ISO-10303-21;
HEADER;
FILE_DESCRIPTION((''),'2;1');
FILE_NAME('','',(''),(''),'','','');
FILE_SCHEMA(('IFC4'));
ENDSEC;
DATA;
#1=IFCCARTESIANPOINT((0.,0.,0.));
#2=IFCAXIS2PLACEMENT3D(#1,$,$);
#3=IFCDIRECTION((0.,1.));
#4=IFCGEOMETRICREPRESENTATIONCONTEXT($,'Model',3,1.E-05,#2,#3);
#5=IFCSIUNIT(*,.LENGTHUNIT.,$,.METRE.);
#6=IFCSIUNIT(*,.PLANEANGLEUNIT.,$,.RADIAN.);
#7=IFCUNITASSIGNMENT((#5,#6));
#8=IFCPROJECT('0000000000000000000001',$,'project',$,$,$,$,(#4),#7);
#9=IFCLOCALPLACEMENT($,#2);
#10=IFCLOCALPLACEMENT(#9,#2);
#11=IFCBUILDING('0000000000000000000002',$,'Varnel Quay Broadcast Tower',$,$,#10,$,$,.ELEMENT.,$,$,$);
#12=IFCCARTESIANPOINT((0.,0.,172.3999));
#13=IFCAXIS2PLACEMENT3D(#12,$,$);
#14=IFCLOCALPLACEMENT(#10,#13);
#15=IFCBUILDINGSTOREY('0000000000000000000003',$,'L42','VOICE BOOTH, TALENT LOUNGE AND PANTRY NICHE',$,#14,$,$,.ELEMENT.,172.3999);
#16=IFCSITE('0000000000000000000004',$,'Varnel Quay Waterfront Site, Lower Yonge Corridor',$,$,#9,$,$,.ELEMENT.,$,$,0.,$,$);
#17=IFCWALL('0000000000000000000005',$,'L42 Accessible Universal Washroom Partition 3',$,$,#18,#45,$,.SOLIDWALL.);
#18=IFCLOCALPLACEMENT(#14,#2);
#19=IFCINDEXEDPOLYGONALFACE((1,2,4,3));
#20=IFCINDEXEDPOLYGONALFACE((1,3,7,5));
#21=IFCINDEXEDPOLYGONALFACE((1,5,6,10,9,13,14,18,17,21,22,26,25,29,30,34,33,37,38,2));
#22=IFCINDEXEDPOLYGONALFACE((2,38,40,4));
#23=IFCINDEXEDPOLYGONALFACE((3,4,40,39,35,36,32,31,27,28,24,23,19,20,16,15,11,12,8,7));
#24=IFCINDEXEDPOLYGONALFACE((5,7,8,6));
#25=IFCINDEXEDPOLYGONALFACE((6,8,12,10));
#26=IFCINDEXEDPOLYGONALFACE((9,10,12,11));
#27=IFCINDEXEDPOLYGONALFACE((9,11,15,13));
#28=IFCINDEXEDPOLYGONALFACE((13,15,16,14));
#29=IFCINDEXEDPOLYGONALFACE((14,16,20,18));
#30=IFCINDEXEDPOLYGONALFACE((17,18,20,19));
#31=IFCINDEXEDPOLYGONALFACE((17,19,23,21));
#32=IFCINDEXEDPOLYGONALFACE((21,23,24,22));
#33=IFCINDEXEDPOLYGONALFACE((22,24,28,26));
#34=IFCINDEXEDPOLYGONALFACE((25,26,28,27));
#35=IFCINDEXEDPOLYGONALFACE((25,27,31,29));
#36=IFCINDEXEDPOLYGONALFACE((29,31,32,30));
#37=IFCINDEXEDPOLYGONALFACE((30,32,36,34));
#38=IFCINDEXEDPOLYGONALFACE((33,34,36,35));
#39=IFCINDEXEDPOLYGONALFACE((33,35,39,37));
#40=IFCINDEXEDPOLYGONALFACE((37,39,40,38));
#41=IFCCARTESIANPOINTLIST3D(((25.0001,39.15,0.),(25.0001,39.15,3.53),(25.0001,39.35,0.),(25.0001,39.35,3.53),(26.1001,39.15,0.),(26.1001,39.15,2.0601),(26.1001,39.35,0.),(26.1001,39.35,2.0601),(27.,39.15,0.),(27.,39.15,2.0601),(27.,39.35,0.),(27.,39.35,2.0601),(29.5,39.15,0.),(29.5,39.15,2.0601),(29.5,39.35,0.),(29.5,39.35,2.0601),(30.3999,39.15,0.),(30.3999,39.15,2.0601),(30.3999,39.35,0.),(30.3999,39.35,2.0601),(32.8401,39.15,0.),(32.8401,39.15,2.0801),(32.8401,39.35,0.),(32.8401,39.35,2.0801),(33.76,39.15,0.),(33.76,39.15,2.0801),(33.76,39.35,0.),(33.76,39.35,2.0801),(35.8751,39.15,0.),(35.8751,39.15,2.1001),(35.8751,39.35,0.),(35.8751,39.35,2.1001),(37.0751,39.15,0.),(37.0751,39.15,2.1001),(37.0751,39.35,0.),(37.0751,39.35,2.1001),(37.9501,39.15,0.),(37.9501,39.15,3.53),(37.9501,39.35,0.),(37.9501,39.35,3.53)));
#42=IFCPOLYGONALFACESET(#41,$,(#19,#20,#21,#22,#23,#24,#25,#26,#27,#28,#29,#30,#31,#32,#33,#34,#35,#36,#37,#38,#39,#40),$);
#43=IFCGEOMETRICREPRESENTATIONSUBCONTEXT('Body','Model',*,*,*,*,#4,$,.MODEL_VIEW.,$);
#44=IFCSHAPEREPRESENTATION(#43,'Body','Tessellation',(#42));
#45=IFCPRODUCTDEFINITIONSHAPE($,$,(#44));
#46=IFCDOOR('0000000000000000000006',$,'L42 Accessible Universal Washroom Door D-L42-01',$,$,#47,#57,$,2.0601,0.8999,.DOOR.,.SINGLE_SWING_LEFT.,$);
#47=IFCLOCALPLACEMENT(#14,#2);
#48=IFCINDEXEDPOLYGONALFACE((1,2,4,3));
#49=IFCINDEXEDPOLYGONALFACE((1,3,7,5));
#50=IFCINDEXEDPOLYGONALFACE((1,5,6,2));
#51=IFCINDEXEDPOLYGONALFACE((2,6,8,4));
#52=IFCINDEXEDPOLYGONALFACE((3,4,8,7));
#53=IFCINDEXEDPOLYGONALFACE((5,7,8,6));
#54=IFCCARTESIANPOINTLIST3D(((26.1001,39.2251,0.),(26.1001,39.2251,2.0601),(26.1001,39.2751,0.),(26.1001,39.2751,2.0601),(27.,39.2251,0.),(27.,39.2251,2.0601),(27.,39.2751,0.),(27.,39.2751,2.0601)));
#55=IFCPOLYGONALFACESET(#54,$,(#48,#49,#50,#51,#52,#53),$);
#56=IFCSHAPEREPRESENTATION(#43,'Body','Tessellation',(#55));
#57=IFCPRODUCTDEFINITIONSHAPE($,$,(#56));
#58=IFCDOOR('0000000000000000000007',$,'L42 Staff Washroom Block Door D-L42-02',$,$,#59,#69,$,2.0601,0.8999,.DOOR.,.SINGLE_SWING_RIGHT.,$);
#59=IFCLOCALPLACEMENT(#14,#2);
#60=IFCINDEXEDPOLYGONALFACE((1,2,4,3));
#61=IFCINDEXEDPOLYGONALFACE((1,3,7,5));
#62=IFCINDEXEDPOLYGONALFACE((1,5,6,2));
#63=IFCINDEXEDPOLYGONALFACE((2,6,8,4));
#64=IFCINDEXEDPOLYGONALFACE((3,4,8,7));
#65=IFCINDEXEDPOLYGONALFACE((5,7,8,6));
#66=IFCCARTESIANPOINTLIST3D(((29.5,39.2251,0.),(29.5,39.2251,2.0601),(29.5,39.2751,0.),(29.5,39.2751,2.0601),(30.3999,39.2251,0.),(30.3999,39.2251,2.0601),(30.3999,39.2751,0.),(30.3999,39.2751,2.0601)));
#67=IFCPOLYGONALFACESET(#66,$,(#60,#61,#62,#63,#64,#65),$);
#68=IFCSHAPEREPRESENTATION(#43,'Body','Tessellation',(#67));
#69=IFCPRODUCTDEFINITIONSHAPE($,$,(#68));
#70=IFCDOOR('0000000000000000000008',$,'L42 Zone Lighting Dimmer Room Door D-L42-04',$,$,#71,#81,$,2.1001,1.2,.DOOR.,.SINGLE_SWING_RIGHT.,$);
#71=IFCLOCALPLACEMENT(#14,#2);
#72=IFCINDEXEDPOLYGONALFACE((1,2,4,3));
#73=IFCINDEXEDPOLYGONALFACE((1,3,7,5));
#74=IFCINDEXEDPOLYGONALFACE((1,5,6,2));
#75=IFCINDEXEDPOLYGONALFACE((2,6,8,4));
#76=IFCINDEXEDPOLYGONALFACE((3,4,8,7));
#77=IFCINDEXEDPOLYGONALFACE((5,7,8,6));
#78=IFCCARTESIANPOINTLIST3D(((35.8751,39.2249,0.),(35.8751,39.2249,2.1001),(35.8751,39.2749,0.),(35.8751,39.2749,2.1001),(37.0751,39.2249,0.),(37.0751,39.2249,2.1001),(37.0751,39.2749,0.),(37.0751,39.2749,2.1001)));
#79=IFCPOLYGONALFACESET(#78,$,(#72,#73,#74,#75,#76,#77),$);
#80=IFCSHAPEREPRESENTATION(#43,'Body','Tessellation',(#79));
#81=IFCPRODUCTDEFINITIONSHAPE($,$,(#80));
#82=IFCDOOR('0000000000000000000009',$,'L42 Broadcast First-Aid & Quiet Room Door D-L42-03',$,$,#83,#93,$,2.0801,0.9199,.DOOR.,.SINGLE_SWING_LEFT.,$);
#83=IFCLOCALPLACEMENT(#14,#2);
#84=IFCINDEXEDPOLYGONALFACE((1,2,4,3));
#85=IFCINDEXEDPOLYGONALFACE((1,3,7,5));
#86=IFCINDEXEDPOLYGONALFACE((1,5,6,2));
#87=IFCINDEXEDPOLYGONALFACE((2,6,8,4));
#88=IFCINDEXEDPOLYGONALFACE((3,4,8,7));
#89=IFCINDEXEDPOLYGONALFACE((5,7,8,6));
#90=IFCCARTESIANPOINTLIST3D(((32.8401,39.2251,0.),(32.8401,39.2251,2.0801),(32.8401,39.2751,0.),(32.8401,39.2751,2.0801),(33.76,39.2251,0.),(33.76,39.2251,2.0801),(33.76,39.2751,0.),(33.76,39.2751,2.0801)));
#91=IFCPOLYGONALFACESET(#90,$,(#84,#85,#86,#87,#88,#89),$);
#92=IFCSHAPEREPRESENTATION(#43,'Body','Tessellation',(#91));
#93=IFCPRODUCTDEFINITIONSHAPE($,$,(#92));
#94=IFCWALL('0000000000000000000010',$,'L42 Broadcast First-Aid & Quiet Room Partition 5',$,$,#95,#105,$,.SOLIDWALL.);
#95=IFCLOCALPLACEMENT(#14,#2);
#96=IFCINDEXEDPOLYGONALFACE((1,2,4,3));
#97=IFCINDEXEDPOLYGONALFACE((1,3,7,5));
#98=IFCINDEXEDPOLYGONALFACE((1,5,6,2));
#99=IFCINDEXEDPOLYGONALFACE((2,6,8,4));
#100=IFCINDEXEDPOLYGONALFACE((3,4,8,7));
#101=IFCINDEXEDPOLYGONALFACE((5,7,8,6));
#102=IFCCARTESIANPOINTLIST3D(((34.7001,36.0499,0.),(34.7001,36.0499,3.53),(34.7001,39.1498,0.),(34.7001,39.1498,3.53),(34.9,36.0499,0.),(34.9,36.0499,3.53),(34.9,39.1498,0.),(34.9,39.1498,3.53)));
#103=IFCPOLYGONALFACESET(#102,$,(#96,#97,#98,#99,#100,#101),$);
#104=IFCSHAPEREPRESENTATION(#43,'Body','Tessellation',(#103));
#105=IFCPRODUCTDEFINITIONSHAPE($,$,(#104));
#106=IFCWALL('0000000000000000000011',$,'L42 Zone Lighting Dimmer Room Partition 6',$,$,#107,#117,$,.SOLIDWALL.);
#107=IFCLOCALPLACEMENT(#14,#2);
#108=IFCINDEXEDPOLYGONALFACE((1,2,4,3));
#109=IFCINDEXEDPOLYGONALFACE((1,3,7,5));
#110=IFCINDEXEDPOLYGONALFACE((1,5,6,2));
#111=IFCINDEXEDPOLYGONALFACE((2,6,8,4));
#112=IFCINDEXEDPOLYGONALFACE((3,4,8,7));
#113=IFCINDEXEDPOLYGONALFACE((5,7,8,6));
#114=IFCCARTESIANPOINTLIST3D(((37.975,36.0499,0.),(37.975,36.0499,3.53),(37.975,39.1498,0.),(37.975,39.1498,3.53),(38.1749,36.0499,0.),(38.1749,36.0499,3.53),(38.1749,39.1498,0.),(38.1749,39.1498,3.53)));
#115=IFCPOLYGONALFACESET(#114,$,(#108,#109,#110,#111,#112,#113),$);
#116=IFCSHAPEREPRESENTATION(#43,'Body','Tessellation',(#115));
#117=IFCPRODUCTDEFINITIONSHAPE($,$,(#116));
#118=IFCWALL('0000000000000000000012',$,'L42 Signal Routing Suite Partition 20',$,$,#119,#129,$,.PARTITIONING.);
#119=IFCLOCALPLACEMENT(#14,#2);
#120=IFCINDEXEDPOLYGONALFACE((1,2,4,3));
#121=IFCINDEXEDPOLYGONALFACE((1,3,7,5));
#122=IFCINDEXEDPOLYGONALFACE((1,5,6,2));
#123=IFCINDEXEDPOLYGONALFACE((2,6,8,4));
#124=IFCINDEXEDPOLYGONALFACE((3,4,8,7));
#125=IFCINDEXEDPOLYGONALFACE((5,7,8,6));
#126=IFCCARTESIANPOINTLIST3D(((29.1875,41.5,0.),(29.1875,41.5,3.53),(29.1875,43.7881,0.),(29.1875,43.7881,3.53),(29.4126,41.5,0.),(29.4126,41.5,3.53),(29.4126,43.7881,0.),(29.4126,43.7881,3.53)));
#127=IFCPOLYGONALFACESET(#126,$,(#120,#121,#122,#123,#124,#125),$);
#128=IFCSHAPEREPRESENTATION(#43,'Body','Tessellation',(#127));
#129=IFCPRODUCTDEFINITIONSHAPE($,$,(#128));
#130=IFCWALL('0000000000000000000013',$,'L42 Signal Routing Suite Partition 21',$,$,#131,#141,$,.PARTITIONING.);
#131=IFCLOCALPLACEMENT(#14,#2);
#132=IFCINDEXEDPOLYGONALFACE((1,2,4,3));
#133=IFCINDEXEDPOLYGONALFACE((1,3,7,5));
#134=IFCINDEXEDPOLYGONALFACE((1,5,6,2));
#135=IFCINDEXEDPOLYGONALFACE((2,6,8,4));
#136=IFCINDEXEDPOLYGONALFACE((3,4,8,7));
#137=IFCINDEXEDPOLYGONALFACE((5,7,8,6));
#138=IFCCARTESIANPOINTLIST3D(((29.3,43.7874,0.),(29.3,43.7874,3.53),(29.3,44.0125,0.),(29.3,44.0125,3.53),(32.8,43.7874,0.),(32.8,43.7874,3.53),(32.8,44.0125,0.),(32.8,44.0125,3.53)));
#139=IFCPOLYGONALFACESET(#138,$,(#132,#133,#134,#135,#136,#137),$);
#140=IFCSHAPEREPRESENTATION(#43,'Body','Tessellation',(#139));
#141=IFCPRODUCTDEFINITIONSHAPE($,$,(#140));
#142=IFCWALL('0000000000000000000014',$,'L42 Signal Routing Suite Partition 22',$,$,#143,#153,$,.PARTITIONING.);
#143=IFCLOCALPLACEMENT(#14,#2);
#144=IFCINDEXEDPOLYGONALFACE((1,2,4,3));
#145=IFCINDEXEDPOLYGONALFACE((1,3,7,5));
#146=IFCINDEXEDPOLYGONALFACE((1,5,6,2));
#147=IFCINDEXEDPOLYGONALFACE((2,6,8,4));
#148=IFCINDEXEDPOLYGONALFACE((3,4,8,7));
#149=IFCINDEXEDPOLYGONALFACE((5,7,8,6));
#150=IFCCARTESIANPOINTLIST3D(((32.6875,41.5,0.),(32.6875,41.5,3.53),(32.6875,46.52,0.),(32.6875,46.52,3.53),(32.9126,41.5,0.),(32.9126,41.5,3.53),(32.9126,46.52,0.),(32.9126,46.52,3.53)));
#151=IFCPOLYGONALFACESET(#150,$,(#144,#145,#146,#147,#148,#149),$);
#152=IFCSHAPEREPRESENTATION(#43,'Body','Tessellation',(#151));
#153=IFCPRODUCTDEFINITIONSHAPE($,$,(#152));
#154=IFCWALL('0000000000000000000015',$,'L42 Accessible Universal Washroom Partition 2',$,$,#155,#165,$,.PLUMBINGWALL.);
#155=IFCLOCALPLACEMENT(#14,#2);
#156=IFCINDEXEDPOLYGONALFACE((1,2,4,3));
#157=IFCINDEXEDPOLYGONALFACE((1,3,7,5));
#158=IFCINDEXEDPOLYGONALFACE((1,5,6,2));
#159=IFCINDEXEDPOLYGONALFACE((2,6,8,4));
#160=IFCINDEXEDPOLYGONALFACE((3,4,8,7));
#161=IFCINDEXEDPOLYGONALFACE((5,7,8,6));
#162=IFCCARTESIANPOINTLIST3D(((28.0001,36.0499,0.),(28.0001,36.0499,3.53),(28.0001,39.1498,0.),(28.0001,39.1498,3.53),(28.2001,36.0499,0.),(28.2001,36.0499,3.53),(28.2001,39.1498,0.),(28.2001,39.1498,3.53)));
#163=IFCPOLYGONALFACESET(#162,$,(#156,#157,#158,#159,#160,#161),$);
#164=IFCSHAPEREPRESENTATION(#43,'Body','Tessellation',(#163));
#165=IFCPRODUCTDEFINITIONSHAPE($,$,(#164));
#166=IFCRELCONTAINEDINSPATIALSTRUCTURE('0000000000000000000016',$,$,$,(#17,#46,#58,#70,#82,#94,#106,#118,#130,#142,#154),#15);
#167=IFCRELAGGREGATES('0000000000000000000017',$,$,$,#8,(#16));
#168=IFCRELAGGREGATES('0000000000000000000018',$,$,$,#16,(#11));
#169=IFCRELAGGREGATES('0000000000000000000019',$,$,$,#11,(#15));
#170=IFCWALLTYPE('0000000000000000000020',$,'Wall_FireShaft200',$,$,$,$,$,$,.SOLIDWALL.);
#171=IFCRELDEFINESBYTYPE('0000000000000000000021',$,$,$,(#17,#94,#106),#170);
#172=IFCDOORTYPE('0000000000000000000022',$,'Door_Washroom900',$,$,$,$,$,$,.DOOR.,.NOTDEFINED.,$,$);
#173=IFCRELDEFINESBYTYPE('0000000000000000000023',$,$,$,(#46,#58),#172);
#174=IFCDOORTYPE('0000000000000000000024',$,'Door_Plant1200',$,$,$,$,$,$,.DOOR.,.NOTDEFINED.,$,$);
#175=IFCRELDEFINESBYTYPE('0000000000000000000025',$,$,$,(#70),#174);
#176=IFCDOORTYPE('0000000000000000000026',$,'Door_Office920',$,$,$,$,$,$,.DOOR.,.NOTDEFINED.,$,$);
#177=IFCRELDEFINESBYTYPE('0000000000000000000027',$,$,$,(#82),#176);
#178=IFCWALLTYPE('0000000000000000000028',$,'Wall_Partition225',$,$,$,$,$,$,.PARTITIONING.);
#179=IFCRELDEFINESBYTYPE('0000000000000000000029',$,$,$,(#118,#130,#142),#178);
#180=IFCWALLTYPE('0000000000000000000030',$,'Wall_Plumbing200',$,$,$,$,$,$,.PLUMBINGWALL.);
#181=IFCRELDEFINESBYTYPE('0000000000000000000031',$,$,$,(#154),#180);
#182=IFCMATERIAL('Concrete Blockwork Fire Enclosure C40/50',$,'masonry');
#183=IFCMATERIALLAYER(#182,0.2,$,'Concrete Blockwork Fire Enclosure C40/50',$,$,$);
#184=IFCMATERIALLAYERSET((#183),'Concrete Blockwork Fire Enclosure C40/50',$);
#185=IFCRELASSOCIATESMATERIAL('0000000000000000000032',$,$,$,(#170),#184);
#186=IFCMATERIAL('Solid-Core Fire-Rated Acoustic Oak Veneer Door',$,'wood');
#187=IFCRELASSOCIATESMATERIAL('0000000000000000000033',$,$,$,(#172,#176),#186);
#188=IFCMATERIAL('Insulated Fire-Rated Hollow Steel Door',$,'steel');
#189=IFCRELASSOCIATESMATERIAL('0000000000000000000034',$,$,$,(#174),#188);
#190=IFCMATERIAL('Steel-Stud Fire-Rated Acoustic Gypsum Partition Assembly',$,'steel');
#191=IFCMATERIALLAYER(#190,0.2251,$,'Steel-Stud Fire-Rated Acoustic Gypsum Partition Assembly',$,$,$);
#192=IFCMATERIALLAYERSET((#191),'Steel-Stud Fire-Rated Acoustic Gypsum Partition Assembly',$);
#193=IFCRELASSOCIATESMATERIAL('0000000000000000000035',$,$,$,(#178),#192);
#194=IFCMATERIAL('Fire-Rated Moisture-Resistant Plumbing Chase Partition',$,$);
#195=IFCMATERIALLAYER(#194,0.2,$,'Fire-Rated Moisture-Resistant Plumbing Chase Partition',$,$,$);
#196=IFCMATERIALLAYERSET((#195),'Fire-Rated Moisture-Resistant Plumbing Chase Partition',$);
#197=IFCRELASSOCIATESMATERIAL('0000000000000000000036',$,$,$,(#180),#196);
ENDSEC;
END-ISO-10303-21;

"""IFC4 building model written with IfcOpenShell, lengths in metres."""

from ifc_helpers import new_model, si_unit, direction, frame, frame_2d, origin, place, context, subcontext, project, spatial, rectangle, extrude, source, transform, mapped, material, layer, layer_set, type_object, type_shapes, element, fill, save


model = new_model("IFC4")

# Units and contexts
model_context = context("Model", 3, precision=1e-05, world=origin(), true_north=direction((0.0, 1.0)))
body_context = subcontext(model_context, "Body", "Model", "MODEL_VIEW")
ifc_project = project(units=[si_unit("LENGTHUNIT", "METRE"), si_unit("PLANEANGLEUNIT", "RADIAN")], contexts=[model_context])

# Site, building, storey
site_placement = place(None, origin())
site = spatial("IfcSite", under=ifc_project, at=site_placement, Name="Varnel Quay Waterfront Site, Lower Yonge Corridor", CompositionType="ELEMENT", RefElevation=0.0)
building_placement = place(site_placement, origin())
building = spatial("IfcBuilding", under=site, at=building_placement, Name="Varnel Quay Broadcast Tower", CompositionType="ELEMENT")
storey_placement = place(building_placement, frame((0.0, 0.0, 172.3999)))
storey = spatial("IfcBuildingStorey", under=building, at=storey_placement, Name="L42", Description="VOICE BOOTH, TALENT LOUNGE AND PANTRY NICHE", CompositionType="ELEMENT", Elevation=172.3999)

# Shared definitions
ifc_material_1 = material(Name="Concrete Blockwork Fire Enclosure C40/50", Category="masonry")
ifc_layer_1 = layer(ifc_material_1, 0.2, Name="Concrete Blockwork Fire Enclosure C40/50")
ifc_layer_set_1 = layer_set([ifc_layer_1], Name="Concrete Blockwork Fire Enclosure C40/50")
wall_type_1 = type_object("IfcWallType", Name="Wall_FireShaft200", PredefinedType="SOLIDWALL", material=ifc_layer_set_1)

# Wall, openings, doors
wall_1_placement = place(storey_placement, frame((25.0, 39.25, 0.0), z_axis=(0.0, 0.0, 1.0), x_axis=(1.0, 0.0, 0.0)))
wall_1 = element("IfcWall", 1, at=wall_1_placement, inside=storey, type_object=wall_type_1, Name="L42 Accessible Universal Washroom Partition 3", PredefinedType="SOLIDWALL", context=body_context, shape_type="SweptSolid", body=[
    extrude(rectangle(XDim=12.95, YDim=0.2, at=frame_2d((6.4751, 0.0))), origin(), (0.0, 0.0, 1.0), 3.53),
])
opening_1_placement = place(wall_1_placement, frame((1.1001, 0.0, 0.0)))
opening_1 = element("IfcOpeningElement", 2, at=opening_1_placement, cuts=wall_1, PredefinedType="OPENING", context=body_context, shape_type="SweptSolid", body=[
    extrude(rectangle(XDim=0.8999, YDim=2.0601, at=frame_2d((0.45, 1.03))), frame((0.0, 0.1099, 0.0), z_axis=(0.0, -1.0, 0.0), x_axis=(1.0, 0.0, 0.0)), (0.0, 0.0, 1.0), 0.22),
])
opening_2_placement = place(wall_1_placement, frame((4.5, 0.0, 0.0)))
opening_2 = element("IfcOpeningElement", 3, at=opening_2_placement, cuts=wall_1, PredefinedType="OPENING", context=body_context, shape_type="SweptSolid", body=[
    extrude(rectangle(XDim=0.8999, YDim=2.0601, at=frame_2d((0.45, 1.03))), frame((0.0, 0.1099, 0.0), z_axis=(0.0, -1.0, 0.0), x_axis=(1.0, 0.0, 0.0)), (0.0, 0.0, 1.0), 0.22),
])
opening_3_placement = place(wall_1_placement, frame((7.8401, 0.0, 0.0)))
opening_3 = element("IfcOpeningElement", 4, at=opening_3_placement, cuts=wall_1, PredefinedType="OPENING", context=body_context, shape_type="SweptSolid", body=[
    extrude(rectangle(XDim=0.9199, YDim=2.0801, at=frame_2d((0.46, 1.04))), frame((0.0, 0.1099, 0.0), z_axis=(0.0, -1.0, 0.0), x_axis=(1.0, 0.0, 0.0)), (0.0, 0.0, 1.0), 0.22),
])
opening_4_placement = place(wall_1_placement, frame((10.875, 0.0, 0.0)))
opening_4 = element("IfcOpeningElement", 5, at=opening_4_placement, cuts=wall_1, PredefinedType="OPENING", context=body_context, shape_type="SweptSolid", body=[
    extrude(rectangle(XDim=1.2, YDim=2.1001, at=frame_2d((0.6001, 1.05))), frame((0.0, 0.1099, 0.0), z_axis=(0.0, -1.0, 0.0), x_axis=(1.0, 0.0, 0.0)), (0.0, 0.0, 1.0), 0.22),
])
ifc_material_2 = material(Name="Solid-Core Fire-Rated Acoustic Oak Veneer Door", Category="wood")
door_type_1 = type_object("IfcDoorType", Name="Door_Washroom900", OperationType="NOTDEFINED", PredefinedType="DOOR", material=ifc_material_2)
shared_shape_1 = source(origin(), body_context, "Body", "SweptSolid", [
    extrude(rectangle(XDim=0.8999, YDim=2.0601, at=frame_2d((0.45, 1.03))), frame((0.0, 0.0249, 0.0), z_axis=(0.0, -1.0, 0.0), x_axis=(1.0, 0.0, 0.0)), (0.0, 0.0, 1.0), 0.05),
])
type_shapes(door_type_1, [shared_shape_1])
door_1_placement = place(opening_1_placement, frame((0.8999, 0.0, 0.0), z_axis=(0.0, 0.0, 1.0), x_axis=(-1.0, 0.0, 0.0)))
door_1 = element("IfcDoor", 6, at=door_1_placement, inside=storey, type_object=door_type_1, Name="L42 Accessible Universal Washroom Door D-L42-01", OperationType="SINGLE_SWING_LEFT", OverallHeight=2.0601, OverallWidth=0.8999, PredefinedType="DOOR", context=body_context, shape_type="MappedRepresentation", body=[
    mapped(shared_shape_1, transform((0.0, 0.0, 0.0), x_axis=(1.0, 0.0, 0.0), y_axis=(0.0, 1.0, 0.0), z_axis=(0.0, 0.0, 1.0), scale=1.0)),
])
fill(opening_1, door_1)
door_2_placement = place(opening_2_placement, frame((0.8999, 0.0, 0.0), z_axis=(0.0, 0.0, 1.0), x_axis=(-1.0, 0.0, 0.0)))
door_2 = element("IfcDoor", 7, at=door_2_placement, inside=storey, type_object=door_type_1, Name="L42 Staff Washroom Block Door D-L42-02", OperationType="SINGLE_SWING_RIGHT", OverallHeight=2.0601, OverallWidth=0.8999, PredefinedType="DOOR", context=body_context, shape_type="MappedRepresentation", body=[
    mapped(shared_shape_1, transform((0.0, 0.0, 0.0), x_axis=(1.0, 0.0, 0.0), y_axis=(0.0, 1.0, 0.0), z_axis=(0.0, 0.0, 1.0), scale=1.0)),
])
fill(opening_2, door_2)
ifc_material_3 = material(Name="Insulated Fire-Rated Hollow Steel Door", Category="steel")
door_type_2 = type_object("IfcDoorType", Name="Door_Plant1200", OperationType="NOTDEFINED", PredefinedType="DOOR", material=ifc_material_3)
shared_shape_2 = source(origin(), body_context, "Body", "SweptSolid", [
    extrude(rectangle(XDim=1.2, YDim=2.1001, at=frame_2d((0.6001, 1.05))), frame((0.0, 0.0249, 0.0), z_axis=(0.0, -1.0, 0.0), x_axis=(1.0, 0.0, 0.0)), (0.0, 0.0, 1.0), 0.05),
])
type_shapes(door_type_2, [shared_shape_2])
door_3_placement = place(opening_4_placement, origin())
door_3 = element("IfcDoor", 8, at=door_3_placement, inside=storey, type_object=door_type_2, Name="L42 Zone Lighting Dimmer Room Door D-L42-04", OperationType="SINGLE_SWING_RIGHT", OverallHeight=2.1001, OverallWidth=1.2, PredefinedType="DOOR", context=body_context, shape_type="MappedRepresentation", body=[
    mapped(shared_shape_2, transform((0.0, 0.0, 0.0), x_axis=(1.0, 0.0, 0.0), y_axis=(0.0, 1.0, 0.0), z_axis=(0.0, 0.0, 1.0), scale=1.0)),
])
fill(opening_4, door_3)
door_type_3 = type_object("IfcDoorType", Name="Door_Office920", OperationType="NOTDEFINED", PredefinedType="DOOR", material=ifc_material_2)
shared_shape_3 = source(origin(), body_context, "Body", "SweptSolid", [
    extrude(rectangle(XDim=0.9199, YDim=2.0801, at=frame_2d((0.46, 1.04))), frame((0.0, 0.0249, 0.0), z_axis=(0.0, -1.0, 0.0), x_axis=(1.0, 0.0, 0.0)), (0.0, 0.0, 1.0), 0.05),
])
type_shapes(door_type_3, [shared_shape_3])
door_4_placement = place(opening_3_placement, frame((0.9199, 0.0, 0.0), z_axis=(0.0, 0.0, 1.0), x_axis=(-1.0, 0.0, 0.0)))
door_4 = element("IfcDoor", 9, at=door_4_placement, inside=storey, type_object=door_type_3, Name="L42 Broadcast First-Aid & Quiet Room Door D-L42-03", OperationType="SINGLE_SWING_LEFT", OverallHeight=2.0801, OverallWidth=0.9199, PredefinedType="DOOR", context=body_context, shape_type="MappedRepresentation", body=[
    mapped(shared_shape_3, transform((0.0, 0.0, 0.0), x_axis=(1.0, 0.0, 0.0), y_axis=(0.0, 1.0, 0.0), z_axis=(0.0, 0.0, 1.0), scale=1.0)),
])
fill(opening_3, door_4)

# Walls
for number, where, z_axis, x_axis, name in (
    (10, (34.8, 36.05, 0.0), (0.0, 0.0, 1.0), (0.0, 1.0, 0.0), "L42 Broadcast First-Aid & Quiet Room Partition 5"),
    (11, (38.075, 36.05, 0.0), (0.0, 0.0, 1.0), (0.0, 1.0, 0.0), "L42 Zone Lighting Dimmer Room Partition 6"),
):
    element("IfcWall", number, at=place(storey_placement, frame(where, z_axis=z_axis, x_axis=x_axis)), inside=storey, type_object=wall_type_1, Name=name, PredefinedType="SOLIDWALL", context=body_context, shape_type="SweptSolid", body=[
        extrude(rectangle(XDim=3.0999, YDim=0.2, at=frame_2d((1.5498, 0.0))), origin(), (0.0, 0.0, 1.0), 3.53),
    ])
ifc_material_4 = material(Name="Steel-Stud Fire-Rated Acoustic Gypsum Partition Assembly", Category="steel")
ifc_layer_2 = layer(ifc_material_4, 0.2251, Name="Steel-Stud Fire-Rated Acoustic Gypsum Partition Assembly")
ifc_layer_set_2 = layer_set([ifc_layer_2], Name="Steel-Stud Fire-Rated Acoustic Gypsum Partition Assembly")
wall_type_2 = type_object("IfcWallType", Name="Wall_Partition225", PredefinedType="PARTITIONING", material=ifc_layer_set_2)
wall_2_placement = place(storey_placement, frame((29.3, 41.5, 0.0), z_axis=(0.0, 0.0, 1.0), x_axis=(0.0, 1.0, 0.0)))
element("IfcWall", 12, at=wall_2_placement, inside=storey, type_object=wall_type_2, Name="L42 Signal Routing Suite Partition 20", PredefinedType="PARTITIONING", context=body_context, shape_type="SweptSolid", body=[
    extrude(rectangle(XDim=2.2881, YDim=0.2251, at=frame_2d((1.144, 0.0))), origin(), (0.0, 0.0, 1.0), 3.53),
])
wall_3_placement = place(storey_placement, frame((29.3, 43.8999, 0.0), z_axis=(0.0, 0.0, 1.0), x_axis=(1.0, 0.0, 0.0)))
element("IfcWall", 13, at=wall_3_placement, inside=storey, type_object=wall_type_2, Name="L42 Signal Routing Suite Partition 21", PredefinedType="PARTITIONING", context=body_context, shape_type="SweptSolid", body=[
    extrude(rectangle(XDim=3.5, YDim=0.2251, at=frame_2d((1.75, 0.0))), origin(), (0.0, 0.0, 1.0), 3.53),
])
wall_4_placement = place(storey_placement, frame((32.8, 41.5, 0.0), z_axis=(0.0, 0.0, 1.0), x_axis=(0.0, 1.0, 0.0)))
element("IfcWall", 14, at=wall_4_placement, inside=storey, type_object=wall_type_2, Name="L42 Signal Routing Suite Partition 22", PredefinedType="PARTITIONING", context=body_context, shape_type="SweptSolid", body=[
    extrude(rectangle(XDim=5.02, YDim=0.2251, at=frame_2d((2.51, 0.0))), origin(), (0.0, 0.0, 1.0), 3.53),
])
ifc_material_5 = material(Name="Fire-Rated Moisture-Resistant Plumbing Chase Partition")
ifc_layer_3 = layer(ifc_material_5, 0.2, Name="Fire-Rated Moisture-Resistant Plumbing Chase Partition")
ifc_layer_set_3 = layer_set([ifc_layer_3], Name="Fire-Rated Moisture-Resistant Plumbing Chase Partition")
wall_type_3 = type_object("IfcWallType", Name="Wall_Plumbing200", PredefinedType="PLUMBINGWALL", material=ifc_layer_set_3)
for number, where, z_axis, x_axis, name in (
    (15, (28.1001, 36.05, 0.0), (0.0, 0.0, 1.0), (0.0, 1.0, 0.0), "L42 Accessible Universal Washroom Partition 2"),
):
    element("IfcWall", number, at=place(storey_placement, frame(where, z_axis=z_axis, x_axis=x_axis)), inside=storey, type_object=wall_type_3, Name=name, PredefinedType="PLUMBINGWALL", context=body_context, shape_type="SweptSolid", body=[
        extrude(rectangle(XDim=3.0999, YDim=0.2, at=frame_2d((1.5498, 0.0))), origin(), (0.0, 0.0, 1.0), 3.53),
    ])

save(model, "model.ifc")
